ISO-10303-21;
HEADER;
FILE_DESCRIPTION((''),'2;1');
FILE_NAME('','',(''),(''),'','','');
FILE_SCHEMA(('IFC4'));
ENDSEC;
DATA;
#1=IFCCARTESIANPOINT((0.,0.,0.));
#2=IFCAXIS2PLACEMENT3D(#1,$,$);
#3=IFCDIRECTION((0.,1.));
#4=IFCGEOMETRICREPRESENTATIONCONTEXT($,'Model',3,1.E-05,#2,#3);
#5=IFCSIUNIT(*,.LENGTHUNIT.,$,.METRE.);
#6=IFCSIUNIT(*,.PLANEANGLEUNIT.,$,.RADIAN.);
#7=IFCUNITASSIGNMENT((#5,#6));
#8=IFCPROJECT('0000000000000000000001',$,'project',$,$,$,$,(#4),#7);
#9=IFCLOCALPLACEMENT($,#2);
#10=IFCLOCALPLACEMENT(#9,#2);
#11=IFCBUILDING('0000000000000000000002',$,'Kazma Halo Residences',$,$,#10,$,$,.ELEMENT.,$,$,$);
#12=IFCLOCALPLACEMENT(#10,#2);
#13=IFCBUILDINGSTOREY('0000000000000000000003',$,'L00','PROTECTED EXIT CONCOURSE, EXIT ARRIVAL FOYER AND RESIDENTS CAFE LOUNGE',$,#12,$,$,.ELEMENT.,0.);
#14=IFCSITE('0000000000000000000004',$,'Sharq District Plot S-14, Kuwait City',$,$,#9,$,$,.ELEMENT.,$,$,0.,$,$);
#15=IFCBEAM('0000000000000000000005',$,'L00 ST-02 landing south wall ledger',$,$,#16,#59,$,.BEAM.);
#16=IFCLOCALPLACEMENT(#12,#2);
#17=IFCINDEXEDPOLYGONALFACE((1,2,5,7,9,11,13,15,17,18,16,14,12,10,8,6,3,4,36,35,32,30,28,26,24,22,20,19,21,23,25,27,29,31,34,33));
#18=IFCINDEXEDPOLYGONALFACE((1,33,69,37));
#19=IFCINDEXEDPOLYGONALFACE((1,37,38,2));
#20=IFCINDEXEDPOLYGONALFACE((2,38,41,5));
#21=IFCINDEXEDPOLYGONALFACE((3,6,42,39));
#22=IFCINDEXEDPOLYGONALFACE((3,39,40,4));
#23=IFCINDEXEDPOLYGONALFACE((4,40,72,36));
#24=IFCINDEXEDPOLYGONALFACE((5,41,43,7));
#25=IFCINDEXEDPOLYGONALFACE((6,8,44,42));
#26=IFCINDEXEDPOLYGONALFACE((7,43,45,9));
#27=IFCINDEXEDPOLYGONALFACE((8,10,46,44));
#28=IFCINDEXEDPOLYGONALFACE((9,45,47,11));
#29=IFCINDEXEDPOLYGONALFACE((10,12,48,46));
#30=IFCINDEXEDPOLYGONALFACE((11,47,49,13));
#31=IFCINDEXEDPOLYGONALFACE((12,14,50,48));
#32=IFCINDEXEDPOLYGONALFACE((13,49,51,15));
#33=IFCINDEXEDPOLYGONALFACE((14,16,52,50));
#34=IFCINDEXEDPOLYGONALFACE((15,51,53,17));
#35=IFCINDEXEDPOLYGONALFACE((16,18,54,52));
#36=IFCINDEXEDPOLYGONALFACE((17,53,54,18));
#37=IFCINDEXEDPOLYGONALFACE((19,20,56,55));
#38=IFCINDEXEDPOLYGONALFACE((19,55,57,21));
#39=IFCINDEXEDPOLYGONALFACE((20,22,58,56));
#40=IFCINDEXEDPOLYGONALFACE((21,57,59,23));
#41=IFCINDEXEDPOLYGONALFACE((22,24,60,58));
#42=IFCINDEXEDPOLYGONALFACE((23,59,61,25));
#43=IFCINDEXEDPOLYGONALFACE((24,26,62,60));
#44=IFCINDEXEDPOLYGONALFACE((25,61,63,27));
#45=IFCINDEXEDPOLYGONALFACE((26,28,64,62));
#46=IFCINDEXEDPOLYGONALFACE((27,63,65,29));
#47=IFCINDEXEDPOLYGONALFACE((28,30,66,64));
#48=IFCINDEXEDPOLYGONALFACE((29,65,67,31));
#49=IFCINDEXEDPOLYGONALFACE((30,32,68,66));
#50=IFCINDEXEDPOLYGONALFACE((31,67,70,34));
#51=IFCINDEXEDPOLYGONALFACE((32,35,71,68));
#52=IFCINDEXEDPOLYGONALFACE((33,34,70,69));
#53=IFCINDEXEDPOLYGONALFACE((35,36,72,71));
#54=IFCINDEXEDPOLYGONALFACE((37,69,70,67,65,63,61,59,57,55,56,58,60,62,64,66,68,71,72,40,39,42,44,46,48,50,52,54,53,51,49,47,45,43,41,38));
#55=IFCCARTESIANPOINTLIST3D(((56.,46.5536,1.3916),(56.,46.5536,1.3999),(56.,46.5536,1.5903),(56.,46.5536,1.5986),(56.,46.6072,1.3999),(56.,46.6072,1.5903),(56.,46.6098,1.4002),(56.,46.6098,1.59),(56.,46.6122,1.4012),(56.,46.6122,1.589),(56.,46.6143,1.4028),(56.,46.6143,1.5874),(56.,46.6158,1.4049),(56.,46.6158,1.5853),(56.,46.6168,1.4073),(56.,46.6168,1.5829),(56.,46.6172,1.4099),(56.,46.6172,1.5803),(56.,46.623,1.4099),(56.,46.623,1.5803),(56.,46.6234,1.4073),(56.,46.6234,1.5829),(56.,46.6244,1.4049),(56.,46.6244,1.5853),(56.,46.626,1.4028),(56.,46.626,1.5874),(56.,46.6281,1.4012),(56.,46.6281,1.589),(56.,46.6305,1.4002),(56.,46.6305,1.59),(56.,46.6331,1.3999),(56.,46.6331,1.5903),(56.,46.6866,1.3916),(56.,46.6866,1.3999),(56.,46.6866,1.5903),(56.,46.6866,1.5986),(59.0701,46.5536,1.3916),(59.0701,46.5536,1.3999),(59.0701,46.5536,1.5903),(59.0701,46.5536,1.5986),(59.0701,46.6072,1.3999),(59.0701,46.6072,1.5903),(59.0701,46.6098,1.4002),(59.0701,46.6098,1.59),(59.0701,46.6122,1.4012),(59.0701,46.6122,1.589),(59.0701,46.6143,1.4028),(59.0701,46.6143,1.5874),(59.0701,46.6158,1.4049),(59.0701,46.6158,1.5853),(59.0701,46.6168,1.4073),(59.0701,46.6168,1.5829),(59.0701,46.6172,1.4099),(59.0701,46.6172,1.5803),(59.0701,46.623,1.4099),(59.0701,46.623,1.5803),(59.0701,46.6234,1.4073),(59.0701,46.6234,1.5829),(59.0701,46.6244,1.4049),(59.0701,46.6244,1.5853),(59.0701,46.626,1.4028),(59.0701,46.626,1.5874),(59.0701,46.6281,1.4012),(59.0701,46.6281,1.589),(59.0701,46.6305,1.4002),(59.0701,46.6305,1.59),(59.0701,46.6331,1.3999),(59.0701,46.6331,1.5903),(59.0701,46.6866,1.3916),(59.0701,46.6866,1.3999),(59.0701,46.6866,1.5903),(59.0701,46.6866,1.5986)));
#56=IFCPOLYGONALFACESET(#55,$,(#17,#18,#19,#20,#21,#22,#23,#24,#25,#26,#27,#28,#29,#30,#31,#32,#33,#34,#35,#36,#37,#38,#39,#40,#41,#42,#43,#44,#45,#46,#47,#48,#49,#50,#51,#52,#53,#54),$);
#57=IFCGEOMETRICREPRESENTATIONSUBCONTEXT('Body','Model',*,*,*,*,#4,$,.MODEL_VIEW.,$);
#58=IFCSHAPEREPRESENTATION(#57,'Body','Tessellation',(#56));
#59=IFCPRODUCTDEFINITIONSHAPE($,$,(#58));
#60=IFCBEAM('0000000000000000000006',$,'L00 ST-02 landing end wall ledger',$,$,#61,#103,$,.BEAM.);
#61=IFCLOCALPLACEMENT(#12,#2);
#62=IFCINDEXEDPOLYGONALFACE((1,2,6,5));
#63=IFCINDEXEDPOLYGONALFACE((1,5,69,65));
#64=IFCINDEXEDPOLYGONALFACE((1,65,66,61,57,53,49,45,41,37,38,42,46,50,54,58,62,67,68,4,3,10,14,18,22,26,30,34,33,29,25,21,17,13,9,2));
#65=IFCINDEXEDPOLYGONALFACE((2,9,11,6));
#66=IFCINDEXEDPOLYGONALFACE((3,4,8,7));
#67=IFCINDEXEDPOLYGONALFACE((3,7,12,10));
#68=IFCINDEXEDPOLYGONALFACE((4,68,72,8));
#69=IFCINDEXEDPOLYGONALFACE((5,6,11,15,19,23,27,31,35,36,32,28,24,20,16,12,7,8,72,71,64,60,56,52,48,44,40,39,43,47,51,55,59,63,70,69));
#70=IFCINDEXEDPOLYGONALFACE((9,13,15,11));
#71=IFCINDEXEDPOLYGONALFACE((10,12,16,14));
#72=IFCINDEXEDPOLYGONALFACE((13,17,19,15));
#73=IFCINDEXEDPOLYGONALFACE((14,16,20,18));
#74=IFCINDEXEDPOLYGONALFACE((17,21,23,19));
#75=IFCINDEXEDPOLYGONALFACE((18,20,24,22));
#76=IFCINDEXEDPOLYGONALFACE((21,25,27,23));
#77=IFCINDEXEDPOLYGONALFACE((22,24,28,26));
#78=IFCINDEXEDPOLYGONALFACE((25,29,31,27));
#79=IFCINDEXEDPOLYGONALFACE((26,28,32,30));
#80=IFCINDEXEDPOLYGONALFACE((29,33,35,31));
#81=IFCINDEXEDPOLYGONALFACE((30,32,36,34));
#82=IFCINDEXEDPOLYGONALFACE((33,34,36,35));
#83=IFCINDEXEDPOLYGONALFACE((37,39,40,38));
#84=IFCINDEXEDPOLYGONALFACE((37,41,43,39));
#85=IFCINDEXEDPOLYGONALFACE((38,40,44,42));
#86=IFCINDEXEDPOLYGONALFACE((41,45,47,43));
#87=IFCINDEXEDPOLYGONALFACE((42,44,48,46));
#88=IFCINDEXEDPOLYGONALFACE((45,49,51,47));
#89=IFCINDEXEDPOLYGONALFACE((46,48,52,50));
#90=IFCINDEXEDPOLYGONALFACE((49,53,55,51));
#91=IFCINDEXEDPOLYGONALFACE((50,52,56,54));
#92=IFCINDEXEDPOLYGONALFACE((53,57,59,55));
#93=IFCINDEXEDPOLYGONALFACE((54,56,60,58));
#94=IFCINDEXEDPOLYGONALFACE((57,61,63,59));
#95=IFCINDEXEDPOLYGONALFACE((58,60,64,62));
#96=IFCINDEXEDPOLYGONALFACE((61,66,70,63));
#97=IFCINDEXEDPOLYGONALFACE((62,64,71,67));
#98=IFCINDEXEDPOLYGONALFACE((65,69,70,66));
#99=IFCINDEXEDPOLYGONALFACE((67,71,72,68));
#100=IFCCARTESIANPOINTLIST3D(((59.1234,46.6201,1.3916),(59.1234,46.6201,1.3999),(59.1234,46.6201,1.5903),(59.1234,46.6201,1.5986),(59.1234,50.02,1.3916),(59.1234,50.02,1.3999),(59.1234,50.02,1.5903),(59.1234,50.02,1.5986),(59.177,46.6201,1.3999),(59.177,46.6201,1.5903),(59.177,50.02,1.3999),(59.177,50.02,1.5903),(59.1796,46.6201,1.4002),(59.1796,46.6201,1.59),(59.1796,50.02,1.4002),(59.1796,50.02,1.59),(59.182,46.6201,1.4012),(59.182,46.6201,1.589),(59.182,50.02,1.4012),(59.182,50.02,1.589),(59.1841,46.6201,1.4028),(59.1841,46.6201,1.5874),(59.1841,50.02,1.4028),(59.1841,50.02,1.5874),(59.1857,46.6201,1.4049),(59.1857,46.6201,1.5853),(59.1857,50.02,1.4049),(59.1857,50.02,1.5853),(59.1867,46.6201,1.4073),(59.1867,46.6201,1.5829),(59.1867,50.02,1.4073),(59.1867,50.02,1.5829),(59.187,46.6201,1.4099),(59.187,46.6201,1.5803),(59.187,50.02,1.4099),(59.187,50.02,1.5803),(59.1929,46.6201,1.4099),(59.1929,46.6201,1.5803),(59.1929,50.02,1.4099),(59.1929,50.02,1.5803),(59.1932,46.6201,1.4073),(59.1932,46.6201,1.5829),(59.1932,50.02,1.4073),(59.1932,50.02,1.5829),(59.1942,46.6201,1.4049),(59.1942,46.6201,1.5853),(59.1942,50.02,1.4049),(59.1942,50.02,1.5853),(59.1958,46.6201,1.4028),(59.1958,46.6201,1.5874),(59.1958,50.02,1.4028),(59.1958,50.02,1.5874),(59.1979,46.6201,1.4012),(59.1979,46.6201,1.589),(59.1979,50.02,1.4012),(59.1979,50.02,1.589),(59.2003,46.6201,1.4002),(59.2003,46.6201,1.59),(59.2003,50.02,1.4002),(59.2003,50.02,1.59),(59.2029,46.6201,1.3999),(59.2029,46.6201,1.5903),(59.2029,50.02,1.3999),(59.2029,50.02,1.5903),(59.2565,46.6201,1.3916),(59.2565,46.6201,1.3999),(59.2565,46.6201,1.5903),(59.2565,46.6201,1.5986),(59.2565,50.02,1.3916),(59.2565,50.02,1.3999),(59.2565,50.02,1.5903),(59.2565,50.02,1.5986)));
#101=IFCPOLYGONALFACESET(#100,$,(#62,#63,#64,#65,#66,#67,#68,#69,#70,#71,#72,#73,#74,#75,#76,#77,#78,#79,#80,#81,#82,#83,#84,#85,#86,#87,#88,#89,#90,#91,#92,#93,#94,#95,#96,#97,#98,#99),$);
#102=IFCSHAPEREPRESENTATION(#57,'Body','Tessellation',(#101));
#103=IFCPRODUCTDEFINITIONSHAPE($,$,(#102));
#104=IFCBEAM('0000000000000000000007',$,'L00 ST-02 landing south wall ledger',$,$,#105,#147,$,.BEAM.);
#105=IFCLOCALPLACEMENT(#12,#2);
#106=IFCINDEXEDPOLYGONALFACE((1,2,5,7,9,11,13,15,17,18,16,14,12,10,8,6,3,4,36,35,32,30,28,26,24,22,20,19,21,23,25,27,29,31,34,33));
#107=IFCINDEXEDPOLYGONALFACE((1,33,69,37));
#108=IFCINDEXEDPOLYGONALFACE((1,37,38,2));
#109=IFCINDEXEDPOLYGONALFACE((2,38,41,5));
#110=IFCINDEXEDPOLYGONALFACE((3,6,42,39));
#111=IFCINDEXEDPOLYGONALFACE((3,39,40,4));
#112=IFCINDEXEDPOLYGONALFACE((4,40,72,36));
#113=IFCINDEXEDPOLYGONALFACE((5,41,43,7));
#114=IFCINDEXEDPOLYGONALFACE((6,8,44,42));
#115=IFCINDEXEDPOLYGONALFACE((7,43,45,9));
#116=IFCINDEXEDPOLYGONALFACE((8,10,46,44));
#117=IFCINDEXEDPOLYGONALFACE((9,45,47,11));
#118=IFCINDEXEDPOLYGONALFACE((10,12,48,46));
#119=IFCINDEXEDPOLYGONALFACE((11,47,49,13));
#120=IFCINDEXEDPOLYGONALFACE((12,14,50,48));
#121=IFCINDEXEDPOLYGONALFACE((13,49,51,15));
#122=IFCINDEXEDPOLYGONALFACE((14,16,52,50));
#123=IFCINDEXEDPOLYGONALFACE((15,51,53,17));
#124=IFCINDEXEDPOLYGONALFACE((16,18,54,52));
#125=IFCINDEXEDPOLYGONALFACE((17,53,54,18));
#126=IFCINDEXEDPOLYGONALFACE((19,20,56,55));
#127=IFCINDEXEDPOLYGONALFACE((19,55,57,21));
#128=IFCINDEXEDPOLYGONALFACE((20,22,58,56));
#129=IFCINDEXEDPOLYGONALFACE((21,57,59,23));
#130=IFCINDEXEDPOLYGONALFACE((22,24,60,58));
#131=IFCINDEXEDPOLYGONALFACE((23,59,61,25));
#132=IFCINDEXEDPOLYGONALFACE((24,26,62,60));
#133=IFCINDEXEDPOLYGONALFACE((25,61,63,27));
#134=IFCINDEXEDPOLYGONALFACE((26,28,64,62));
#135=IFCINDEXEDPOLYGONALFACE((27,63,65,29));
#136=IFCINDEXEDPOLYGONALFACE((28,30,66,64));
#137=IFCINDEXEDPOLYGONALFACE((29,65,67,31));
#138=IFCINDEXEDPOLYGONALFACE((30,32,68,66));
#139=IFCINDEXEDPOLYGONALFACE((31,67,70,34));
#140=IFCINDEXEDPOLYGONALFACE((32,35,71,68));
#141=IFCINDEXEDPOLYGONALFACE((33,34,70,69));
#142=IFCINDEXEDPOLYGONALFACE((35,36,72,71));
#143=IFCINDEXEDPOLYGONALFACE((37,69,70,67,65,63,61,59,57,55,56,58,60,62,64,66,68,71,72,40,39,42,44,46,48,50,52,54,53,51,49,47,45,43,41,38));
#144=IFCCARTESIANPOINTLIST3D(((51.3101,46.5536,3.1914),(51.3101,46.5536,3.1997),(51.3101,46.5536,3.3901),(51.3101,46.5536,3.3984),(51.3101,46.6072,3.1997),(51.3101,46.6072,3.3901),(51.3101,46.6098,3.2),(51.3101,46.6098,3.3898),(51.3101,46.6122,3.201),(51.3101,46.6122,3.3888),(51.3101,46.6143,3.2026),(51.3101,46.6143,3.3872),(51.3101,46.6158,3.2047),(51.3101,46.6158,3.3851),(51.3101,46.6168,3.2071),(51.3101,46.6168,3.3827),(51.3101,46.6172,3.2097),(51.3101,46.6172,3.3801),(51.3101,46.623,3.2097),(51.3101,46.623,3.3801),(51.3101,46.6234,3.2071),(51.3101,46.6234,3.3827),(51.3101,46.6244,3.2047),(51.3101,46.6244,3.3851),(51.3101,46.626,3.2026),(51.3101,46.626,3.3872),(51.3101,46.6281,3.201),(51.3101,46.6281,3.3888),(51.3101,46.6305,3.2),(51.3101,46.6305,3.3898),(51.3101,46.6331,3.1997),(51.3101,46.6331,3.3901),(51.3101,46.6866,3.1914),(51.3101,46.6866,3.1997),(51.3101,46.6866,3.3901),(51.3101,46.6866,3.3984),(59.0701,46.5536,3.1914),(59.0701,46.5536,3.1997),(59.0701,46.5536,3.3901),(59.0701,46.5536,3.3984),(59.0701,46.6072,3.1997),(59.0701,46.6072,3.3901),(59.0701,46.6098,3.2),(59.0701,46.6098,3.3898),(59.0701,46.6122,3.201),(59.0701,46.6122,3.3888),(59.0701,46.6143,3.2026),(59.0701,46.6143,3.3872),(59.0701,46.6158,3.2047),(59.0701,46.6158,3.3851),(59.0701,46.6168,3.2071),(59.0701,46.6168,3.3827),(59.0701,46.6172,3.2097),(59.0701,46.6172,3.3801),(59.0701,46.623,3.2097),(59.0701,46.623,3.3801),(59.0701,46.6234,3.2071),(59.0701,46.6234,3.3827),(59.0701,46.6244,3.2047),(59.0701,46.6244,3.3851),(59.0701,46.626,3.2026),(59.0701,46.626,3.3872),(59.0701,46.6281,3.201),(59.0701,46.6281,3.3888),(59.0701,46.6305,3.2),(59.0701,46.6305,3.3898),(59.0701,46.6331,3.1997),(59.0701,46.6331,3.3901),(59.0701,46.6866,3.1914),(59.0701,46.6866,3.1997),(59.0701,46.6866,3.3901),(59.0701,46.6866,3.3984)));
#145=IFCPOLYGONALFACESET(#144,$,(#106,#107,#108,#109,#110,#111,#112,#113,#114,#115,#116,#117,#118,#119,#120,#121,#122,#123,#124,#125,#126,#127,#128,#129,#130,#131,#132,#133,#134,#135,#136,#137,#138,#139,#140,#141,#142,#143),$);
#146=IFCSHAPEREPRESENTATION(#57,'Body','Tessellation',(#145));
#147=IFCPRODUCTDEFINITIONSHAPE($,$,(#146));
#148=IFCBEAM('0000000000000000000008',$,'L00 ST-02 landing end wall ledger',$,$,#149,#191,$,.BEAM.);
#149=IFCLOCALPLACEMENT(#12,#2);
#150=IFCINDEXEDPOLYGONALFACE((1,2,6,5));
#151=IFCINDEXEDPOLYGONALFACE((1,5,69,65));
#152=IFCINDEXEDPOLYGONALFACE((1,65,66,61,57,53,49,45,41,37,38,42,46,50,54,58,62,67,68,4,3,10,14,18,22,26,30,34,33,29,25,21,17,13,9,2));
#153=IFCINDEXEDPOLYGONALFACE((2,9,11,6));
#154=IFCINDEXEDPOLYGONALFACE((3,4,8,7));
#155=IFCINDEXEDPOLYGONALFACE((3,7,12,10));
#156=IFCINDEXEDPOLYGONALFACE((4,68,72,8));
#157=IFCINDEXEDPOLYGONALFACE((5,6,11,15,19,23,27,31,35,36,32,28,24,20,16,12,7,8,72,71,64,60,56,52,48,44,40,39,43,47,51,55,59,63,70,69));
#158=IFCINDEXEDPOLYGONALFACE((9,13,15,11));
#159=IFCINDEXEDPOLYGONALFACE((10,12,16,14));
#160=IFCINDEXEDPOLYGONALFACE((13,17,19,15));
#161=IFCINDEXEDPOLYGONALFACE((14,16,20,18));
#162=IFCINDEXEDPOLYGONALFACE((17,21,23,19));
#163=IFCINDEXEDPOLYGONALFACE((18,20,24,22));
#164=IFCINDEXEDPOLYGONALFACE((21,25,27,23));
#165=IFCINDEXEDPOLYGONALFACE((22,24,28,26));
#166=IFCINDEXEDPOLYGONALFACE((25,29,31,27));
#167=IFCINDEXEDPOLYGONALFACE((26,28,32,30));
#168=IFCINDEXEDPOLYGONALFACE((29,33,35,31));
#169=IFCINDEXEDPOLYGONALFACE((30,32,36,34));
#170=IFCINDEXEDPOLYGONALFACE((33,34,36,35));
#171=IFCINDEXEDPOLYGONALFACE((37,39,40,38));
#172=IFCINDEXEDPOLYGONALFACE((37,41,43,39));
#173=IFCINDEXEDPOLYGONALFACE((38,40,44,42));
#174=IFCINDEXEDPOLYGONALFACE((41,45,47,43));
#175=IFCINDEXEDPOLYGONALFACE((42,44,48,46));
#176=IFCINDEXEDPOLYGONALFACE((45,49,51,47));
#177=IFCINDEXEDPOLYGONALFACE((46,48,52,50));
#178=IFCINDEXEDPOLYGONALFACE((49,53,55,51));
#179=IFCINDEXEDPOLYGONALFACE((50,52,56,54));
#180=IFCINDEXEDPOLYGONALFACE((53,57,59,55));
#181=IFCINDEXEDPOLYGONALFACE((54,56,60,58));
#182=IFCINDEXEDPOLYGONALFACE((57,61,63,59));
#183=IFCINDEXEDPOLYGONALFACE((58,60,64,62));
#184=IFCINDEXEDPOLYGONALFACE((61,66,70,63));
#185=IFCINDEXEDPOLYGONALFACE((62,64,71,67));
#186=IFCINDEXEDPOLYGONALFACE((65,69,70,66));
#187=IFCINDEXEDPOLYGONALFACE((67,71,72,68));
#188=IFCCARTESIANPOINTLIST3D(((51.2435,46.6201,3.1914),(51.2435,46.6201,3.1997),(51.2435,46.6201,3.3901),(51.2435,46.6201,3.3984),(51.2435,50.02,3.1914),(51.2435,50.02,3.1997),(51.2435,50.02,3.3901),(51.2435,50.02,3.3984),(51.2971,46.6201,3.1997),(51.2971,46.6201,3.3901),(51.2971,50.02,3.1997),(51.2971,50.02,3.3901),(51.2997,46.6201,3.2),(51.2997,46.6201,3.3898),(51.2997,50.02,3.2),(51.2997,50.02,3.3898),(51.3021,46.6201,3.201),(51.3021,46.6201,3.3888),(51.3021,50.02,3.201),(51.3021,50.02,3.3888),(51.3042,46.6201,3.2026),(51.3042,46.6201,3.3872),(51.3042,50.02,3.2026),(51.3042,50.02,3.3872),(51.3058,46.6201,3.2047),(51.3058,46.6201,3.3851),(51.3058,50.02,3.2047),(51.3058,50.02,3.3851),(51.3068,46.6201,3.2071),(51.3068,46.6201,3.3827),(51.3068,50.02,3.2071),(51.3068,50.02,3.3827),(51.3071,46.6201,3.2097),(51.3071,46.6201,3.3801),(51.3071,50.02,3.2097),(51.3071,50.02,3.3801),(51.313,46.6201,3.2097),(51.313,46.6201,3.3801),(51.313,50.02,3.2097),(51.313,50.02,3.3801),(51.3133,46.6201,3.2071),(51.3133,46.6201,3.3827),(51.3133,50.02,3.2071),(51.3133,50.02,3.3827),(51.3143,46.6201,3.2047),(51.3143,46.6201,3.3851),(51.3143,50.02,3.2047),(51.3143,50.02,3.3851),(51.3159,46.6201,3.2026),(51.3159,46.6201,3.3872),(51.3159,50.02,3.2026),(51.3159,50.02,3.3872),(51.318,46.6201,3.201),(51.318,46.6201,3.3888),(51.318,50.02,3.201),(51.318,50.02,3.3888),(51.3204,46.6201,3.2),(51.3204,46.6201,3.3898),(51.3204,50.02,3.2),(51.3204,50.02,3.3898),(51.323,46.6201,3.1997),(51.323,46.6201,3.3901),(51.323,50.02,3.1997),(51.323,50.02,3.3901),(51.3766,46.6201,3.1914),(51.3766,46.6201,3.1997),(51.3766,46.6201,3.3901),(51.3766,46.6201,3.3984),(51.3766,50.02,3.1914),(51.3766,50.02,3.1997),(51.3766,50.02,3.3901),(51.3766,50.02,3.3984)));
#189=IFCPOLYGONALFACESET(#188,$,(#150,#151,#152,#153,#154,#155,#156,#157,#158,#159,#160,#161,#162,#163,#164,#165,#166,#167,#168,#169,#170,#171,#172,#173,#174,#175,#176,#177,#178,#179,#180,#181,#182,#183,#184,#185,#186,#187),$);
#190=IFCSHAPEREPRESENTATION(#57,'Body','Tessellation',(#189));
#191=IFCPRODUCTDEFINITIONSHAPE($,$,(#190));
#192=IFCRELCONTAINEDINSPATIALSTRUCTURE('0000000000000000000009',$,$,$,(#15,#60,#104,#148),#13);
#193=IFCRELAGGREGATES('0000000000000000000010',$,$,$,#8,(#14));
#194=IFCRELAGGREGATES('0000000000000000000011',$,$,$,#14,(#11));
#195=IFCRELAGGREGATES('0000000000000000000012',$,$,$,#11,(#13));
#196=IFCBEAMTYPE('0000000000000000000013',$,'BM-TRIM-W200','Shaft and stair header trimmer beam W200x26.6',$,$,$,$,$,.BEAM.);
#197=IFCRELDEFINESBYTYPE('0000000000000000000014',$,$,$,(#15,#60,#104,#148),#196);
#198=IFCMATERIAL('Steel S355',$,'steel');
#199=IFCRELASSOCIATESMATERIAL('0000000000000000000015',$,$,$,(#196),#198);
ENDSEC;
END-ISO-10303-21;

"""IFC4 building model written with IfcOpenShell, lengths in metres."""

from ifc_helpers import new_model, si_unit, direction, frame, origin, origin_2d, place, context, subcontext, project, spatial, i_section, extrude, material, material_profile, profile_set, type_object, element, save


model = new_model("IFC4")

# Units and contexts
model_context = context("Model", 3, precision=1e-05, world=origin(), true_north=direction((0.0, 1.0)))
body_context = subcontext(model_context, "Body", "Model", "MODEL_VIEW")
ifc_project = project(units=[si_unit("LENGTHUNIT", "METRE"), si_unit("PLANEANGLEUNIT", "RADIAN")], contexts=[model_context])

# Site, building, storey
site_placement = place(None, origin())
site = spatial("IfcSite", under=ifc_project, at=site_placement, Name="Sharq District Plot S-14, Kuwait City", CompositionType="ELEMENT", RefElevation=0.0)
building_placement = place(site_placement, origin())
building = spatial("IfcBuilding", under=site, at=building_placement, Name="Kazma Halo Residences", CompositionType="ELEMENT")
storey_placement = place(building_placement, origin())
storey = spatial("IfcBuildingStorey", under=building, at=storey_placement, Name="L00", Description="PROTECTED EXIT CONCOURSE, EXIT ARRIVAL FOYER AND RESIDENTS CAFE LOUNGE", CompositionType="ELEMENT", Elevation=0.0)

# Shared definitions
ifc_material_1 = material(Name="Steel S355", Category="steel")

# Beams
ifc_material_profile_1 = material_profile(ifc_material_1, i_section(OverallWidth=0.1331, OverallDepth=0.207, WebThickness=0.0059, FlangeThickness=0.0083, FilletRadius=0.01, at=origin_2d()), Name="W200x26.6")
ifc_profile_set_1 = profile_set([ifc_material_profile_1], Name="Steel S355")
beam_type = type_object("IfcBeamType", Name="BM-TRIM-W200", Description="Shaft and stair header trimmer beam W200x26.6", PredefinedType="BEAM", material=ifc_profile_set_1)
beam_1_placement = place(storey_placement, frame((56.0, 46.6201, 1.4951), z_axis=(1.0, 0.0, 0.0), x_axis=(0.0, 1.0, 0.0)))
element("IfcBeam", 1, at=beam_1_placement, inside=storey, type_object=beam_type, Name="L00 ST-02 landing south wall ledger", PredefinedType="BEAM", context=body_context, shape_type="SweptSolid", body=[
    extrude(i_section(OverallWidth=0.1331, OverallDepth=0.207, WebThickness=0.0059, FlangeThickness=0.0083, FilletRadius=0.01, at=origin_2d()), origin(), (0.0, 0.0, 1.0), 3.0701),
])
beam_2_placement = place(storey_placement, frame((59.1899, 46.6201, 1.4951), z_axis=(0.0, 1.0, 0.0), x_axis=(-1.0, 0.0, 0.0)))
element("IfcBeam", 2, at=beam_2_placement, inside=storey, type_object=beam_type, Name="L00 ST-02 landing end wall ledger", PredefinedType="BEAM", context=body_context, shape_type="SweptSolid", body=[
    extrude(i_section(OverallWidth=0.1331, OverallDepth=0.207, WebThickness=0.0059, FlangeThickness=0.0083, FilletRadius=0.01, at=origin_2d()), origin(), (0.0, 0.0, 1.0), 3.3999),
])
beam_3_placement = place(storey_placement, frame((51.3101, 46.6201, 3.2949), z_axis=(1.0, 0.0, 0.0), x_axis=(0.0, 1.0, 0.0)))
element("IfcBeam", 3, at=beam_3_placement, inside=storey, type_object=beam_type, Name="L00 ST-02 landing south wall ledger", PredefinedType="BEAM", context=body_context, shape_type="SweptSolid", body=[
    extrude(i_section(OverallWidth=0.1331, OverallDepth=0.207, WebThickness=0.0059, FlangeThickness=0.0083, FilletRadius=0.01, at=origin_2d()), origin(), (0.0, 0.0, 1.0), 7.76),
])
beam_4_placement = place(storey_placement, frame((51.3101, 46.6201, 3.2949), z_axis=(0.0, 1.0, 0.0), x_axis=(-1.0, 0.0, 0.0)))
element("IfcBeam", 4, at=beam_4_placement, inside=storey, type_object=beam_type, Name="L00 ST-02 landing end wall ledger", PredefinedType="BEAM", context=body_context, shape_type="SweptSolid", body=[
    extrude(i_section(OverallWidth=0.1331, OverallDepth=0.207, WebThickness=0.0059, FlangeThickness=0.0083, FilletRadius=0.01, at=origin_2d()), origin(), (0.0, 0.0, 1.0), 3.3999),
])

save(model, "model.ifc")
